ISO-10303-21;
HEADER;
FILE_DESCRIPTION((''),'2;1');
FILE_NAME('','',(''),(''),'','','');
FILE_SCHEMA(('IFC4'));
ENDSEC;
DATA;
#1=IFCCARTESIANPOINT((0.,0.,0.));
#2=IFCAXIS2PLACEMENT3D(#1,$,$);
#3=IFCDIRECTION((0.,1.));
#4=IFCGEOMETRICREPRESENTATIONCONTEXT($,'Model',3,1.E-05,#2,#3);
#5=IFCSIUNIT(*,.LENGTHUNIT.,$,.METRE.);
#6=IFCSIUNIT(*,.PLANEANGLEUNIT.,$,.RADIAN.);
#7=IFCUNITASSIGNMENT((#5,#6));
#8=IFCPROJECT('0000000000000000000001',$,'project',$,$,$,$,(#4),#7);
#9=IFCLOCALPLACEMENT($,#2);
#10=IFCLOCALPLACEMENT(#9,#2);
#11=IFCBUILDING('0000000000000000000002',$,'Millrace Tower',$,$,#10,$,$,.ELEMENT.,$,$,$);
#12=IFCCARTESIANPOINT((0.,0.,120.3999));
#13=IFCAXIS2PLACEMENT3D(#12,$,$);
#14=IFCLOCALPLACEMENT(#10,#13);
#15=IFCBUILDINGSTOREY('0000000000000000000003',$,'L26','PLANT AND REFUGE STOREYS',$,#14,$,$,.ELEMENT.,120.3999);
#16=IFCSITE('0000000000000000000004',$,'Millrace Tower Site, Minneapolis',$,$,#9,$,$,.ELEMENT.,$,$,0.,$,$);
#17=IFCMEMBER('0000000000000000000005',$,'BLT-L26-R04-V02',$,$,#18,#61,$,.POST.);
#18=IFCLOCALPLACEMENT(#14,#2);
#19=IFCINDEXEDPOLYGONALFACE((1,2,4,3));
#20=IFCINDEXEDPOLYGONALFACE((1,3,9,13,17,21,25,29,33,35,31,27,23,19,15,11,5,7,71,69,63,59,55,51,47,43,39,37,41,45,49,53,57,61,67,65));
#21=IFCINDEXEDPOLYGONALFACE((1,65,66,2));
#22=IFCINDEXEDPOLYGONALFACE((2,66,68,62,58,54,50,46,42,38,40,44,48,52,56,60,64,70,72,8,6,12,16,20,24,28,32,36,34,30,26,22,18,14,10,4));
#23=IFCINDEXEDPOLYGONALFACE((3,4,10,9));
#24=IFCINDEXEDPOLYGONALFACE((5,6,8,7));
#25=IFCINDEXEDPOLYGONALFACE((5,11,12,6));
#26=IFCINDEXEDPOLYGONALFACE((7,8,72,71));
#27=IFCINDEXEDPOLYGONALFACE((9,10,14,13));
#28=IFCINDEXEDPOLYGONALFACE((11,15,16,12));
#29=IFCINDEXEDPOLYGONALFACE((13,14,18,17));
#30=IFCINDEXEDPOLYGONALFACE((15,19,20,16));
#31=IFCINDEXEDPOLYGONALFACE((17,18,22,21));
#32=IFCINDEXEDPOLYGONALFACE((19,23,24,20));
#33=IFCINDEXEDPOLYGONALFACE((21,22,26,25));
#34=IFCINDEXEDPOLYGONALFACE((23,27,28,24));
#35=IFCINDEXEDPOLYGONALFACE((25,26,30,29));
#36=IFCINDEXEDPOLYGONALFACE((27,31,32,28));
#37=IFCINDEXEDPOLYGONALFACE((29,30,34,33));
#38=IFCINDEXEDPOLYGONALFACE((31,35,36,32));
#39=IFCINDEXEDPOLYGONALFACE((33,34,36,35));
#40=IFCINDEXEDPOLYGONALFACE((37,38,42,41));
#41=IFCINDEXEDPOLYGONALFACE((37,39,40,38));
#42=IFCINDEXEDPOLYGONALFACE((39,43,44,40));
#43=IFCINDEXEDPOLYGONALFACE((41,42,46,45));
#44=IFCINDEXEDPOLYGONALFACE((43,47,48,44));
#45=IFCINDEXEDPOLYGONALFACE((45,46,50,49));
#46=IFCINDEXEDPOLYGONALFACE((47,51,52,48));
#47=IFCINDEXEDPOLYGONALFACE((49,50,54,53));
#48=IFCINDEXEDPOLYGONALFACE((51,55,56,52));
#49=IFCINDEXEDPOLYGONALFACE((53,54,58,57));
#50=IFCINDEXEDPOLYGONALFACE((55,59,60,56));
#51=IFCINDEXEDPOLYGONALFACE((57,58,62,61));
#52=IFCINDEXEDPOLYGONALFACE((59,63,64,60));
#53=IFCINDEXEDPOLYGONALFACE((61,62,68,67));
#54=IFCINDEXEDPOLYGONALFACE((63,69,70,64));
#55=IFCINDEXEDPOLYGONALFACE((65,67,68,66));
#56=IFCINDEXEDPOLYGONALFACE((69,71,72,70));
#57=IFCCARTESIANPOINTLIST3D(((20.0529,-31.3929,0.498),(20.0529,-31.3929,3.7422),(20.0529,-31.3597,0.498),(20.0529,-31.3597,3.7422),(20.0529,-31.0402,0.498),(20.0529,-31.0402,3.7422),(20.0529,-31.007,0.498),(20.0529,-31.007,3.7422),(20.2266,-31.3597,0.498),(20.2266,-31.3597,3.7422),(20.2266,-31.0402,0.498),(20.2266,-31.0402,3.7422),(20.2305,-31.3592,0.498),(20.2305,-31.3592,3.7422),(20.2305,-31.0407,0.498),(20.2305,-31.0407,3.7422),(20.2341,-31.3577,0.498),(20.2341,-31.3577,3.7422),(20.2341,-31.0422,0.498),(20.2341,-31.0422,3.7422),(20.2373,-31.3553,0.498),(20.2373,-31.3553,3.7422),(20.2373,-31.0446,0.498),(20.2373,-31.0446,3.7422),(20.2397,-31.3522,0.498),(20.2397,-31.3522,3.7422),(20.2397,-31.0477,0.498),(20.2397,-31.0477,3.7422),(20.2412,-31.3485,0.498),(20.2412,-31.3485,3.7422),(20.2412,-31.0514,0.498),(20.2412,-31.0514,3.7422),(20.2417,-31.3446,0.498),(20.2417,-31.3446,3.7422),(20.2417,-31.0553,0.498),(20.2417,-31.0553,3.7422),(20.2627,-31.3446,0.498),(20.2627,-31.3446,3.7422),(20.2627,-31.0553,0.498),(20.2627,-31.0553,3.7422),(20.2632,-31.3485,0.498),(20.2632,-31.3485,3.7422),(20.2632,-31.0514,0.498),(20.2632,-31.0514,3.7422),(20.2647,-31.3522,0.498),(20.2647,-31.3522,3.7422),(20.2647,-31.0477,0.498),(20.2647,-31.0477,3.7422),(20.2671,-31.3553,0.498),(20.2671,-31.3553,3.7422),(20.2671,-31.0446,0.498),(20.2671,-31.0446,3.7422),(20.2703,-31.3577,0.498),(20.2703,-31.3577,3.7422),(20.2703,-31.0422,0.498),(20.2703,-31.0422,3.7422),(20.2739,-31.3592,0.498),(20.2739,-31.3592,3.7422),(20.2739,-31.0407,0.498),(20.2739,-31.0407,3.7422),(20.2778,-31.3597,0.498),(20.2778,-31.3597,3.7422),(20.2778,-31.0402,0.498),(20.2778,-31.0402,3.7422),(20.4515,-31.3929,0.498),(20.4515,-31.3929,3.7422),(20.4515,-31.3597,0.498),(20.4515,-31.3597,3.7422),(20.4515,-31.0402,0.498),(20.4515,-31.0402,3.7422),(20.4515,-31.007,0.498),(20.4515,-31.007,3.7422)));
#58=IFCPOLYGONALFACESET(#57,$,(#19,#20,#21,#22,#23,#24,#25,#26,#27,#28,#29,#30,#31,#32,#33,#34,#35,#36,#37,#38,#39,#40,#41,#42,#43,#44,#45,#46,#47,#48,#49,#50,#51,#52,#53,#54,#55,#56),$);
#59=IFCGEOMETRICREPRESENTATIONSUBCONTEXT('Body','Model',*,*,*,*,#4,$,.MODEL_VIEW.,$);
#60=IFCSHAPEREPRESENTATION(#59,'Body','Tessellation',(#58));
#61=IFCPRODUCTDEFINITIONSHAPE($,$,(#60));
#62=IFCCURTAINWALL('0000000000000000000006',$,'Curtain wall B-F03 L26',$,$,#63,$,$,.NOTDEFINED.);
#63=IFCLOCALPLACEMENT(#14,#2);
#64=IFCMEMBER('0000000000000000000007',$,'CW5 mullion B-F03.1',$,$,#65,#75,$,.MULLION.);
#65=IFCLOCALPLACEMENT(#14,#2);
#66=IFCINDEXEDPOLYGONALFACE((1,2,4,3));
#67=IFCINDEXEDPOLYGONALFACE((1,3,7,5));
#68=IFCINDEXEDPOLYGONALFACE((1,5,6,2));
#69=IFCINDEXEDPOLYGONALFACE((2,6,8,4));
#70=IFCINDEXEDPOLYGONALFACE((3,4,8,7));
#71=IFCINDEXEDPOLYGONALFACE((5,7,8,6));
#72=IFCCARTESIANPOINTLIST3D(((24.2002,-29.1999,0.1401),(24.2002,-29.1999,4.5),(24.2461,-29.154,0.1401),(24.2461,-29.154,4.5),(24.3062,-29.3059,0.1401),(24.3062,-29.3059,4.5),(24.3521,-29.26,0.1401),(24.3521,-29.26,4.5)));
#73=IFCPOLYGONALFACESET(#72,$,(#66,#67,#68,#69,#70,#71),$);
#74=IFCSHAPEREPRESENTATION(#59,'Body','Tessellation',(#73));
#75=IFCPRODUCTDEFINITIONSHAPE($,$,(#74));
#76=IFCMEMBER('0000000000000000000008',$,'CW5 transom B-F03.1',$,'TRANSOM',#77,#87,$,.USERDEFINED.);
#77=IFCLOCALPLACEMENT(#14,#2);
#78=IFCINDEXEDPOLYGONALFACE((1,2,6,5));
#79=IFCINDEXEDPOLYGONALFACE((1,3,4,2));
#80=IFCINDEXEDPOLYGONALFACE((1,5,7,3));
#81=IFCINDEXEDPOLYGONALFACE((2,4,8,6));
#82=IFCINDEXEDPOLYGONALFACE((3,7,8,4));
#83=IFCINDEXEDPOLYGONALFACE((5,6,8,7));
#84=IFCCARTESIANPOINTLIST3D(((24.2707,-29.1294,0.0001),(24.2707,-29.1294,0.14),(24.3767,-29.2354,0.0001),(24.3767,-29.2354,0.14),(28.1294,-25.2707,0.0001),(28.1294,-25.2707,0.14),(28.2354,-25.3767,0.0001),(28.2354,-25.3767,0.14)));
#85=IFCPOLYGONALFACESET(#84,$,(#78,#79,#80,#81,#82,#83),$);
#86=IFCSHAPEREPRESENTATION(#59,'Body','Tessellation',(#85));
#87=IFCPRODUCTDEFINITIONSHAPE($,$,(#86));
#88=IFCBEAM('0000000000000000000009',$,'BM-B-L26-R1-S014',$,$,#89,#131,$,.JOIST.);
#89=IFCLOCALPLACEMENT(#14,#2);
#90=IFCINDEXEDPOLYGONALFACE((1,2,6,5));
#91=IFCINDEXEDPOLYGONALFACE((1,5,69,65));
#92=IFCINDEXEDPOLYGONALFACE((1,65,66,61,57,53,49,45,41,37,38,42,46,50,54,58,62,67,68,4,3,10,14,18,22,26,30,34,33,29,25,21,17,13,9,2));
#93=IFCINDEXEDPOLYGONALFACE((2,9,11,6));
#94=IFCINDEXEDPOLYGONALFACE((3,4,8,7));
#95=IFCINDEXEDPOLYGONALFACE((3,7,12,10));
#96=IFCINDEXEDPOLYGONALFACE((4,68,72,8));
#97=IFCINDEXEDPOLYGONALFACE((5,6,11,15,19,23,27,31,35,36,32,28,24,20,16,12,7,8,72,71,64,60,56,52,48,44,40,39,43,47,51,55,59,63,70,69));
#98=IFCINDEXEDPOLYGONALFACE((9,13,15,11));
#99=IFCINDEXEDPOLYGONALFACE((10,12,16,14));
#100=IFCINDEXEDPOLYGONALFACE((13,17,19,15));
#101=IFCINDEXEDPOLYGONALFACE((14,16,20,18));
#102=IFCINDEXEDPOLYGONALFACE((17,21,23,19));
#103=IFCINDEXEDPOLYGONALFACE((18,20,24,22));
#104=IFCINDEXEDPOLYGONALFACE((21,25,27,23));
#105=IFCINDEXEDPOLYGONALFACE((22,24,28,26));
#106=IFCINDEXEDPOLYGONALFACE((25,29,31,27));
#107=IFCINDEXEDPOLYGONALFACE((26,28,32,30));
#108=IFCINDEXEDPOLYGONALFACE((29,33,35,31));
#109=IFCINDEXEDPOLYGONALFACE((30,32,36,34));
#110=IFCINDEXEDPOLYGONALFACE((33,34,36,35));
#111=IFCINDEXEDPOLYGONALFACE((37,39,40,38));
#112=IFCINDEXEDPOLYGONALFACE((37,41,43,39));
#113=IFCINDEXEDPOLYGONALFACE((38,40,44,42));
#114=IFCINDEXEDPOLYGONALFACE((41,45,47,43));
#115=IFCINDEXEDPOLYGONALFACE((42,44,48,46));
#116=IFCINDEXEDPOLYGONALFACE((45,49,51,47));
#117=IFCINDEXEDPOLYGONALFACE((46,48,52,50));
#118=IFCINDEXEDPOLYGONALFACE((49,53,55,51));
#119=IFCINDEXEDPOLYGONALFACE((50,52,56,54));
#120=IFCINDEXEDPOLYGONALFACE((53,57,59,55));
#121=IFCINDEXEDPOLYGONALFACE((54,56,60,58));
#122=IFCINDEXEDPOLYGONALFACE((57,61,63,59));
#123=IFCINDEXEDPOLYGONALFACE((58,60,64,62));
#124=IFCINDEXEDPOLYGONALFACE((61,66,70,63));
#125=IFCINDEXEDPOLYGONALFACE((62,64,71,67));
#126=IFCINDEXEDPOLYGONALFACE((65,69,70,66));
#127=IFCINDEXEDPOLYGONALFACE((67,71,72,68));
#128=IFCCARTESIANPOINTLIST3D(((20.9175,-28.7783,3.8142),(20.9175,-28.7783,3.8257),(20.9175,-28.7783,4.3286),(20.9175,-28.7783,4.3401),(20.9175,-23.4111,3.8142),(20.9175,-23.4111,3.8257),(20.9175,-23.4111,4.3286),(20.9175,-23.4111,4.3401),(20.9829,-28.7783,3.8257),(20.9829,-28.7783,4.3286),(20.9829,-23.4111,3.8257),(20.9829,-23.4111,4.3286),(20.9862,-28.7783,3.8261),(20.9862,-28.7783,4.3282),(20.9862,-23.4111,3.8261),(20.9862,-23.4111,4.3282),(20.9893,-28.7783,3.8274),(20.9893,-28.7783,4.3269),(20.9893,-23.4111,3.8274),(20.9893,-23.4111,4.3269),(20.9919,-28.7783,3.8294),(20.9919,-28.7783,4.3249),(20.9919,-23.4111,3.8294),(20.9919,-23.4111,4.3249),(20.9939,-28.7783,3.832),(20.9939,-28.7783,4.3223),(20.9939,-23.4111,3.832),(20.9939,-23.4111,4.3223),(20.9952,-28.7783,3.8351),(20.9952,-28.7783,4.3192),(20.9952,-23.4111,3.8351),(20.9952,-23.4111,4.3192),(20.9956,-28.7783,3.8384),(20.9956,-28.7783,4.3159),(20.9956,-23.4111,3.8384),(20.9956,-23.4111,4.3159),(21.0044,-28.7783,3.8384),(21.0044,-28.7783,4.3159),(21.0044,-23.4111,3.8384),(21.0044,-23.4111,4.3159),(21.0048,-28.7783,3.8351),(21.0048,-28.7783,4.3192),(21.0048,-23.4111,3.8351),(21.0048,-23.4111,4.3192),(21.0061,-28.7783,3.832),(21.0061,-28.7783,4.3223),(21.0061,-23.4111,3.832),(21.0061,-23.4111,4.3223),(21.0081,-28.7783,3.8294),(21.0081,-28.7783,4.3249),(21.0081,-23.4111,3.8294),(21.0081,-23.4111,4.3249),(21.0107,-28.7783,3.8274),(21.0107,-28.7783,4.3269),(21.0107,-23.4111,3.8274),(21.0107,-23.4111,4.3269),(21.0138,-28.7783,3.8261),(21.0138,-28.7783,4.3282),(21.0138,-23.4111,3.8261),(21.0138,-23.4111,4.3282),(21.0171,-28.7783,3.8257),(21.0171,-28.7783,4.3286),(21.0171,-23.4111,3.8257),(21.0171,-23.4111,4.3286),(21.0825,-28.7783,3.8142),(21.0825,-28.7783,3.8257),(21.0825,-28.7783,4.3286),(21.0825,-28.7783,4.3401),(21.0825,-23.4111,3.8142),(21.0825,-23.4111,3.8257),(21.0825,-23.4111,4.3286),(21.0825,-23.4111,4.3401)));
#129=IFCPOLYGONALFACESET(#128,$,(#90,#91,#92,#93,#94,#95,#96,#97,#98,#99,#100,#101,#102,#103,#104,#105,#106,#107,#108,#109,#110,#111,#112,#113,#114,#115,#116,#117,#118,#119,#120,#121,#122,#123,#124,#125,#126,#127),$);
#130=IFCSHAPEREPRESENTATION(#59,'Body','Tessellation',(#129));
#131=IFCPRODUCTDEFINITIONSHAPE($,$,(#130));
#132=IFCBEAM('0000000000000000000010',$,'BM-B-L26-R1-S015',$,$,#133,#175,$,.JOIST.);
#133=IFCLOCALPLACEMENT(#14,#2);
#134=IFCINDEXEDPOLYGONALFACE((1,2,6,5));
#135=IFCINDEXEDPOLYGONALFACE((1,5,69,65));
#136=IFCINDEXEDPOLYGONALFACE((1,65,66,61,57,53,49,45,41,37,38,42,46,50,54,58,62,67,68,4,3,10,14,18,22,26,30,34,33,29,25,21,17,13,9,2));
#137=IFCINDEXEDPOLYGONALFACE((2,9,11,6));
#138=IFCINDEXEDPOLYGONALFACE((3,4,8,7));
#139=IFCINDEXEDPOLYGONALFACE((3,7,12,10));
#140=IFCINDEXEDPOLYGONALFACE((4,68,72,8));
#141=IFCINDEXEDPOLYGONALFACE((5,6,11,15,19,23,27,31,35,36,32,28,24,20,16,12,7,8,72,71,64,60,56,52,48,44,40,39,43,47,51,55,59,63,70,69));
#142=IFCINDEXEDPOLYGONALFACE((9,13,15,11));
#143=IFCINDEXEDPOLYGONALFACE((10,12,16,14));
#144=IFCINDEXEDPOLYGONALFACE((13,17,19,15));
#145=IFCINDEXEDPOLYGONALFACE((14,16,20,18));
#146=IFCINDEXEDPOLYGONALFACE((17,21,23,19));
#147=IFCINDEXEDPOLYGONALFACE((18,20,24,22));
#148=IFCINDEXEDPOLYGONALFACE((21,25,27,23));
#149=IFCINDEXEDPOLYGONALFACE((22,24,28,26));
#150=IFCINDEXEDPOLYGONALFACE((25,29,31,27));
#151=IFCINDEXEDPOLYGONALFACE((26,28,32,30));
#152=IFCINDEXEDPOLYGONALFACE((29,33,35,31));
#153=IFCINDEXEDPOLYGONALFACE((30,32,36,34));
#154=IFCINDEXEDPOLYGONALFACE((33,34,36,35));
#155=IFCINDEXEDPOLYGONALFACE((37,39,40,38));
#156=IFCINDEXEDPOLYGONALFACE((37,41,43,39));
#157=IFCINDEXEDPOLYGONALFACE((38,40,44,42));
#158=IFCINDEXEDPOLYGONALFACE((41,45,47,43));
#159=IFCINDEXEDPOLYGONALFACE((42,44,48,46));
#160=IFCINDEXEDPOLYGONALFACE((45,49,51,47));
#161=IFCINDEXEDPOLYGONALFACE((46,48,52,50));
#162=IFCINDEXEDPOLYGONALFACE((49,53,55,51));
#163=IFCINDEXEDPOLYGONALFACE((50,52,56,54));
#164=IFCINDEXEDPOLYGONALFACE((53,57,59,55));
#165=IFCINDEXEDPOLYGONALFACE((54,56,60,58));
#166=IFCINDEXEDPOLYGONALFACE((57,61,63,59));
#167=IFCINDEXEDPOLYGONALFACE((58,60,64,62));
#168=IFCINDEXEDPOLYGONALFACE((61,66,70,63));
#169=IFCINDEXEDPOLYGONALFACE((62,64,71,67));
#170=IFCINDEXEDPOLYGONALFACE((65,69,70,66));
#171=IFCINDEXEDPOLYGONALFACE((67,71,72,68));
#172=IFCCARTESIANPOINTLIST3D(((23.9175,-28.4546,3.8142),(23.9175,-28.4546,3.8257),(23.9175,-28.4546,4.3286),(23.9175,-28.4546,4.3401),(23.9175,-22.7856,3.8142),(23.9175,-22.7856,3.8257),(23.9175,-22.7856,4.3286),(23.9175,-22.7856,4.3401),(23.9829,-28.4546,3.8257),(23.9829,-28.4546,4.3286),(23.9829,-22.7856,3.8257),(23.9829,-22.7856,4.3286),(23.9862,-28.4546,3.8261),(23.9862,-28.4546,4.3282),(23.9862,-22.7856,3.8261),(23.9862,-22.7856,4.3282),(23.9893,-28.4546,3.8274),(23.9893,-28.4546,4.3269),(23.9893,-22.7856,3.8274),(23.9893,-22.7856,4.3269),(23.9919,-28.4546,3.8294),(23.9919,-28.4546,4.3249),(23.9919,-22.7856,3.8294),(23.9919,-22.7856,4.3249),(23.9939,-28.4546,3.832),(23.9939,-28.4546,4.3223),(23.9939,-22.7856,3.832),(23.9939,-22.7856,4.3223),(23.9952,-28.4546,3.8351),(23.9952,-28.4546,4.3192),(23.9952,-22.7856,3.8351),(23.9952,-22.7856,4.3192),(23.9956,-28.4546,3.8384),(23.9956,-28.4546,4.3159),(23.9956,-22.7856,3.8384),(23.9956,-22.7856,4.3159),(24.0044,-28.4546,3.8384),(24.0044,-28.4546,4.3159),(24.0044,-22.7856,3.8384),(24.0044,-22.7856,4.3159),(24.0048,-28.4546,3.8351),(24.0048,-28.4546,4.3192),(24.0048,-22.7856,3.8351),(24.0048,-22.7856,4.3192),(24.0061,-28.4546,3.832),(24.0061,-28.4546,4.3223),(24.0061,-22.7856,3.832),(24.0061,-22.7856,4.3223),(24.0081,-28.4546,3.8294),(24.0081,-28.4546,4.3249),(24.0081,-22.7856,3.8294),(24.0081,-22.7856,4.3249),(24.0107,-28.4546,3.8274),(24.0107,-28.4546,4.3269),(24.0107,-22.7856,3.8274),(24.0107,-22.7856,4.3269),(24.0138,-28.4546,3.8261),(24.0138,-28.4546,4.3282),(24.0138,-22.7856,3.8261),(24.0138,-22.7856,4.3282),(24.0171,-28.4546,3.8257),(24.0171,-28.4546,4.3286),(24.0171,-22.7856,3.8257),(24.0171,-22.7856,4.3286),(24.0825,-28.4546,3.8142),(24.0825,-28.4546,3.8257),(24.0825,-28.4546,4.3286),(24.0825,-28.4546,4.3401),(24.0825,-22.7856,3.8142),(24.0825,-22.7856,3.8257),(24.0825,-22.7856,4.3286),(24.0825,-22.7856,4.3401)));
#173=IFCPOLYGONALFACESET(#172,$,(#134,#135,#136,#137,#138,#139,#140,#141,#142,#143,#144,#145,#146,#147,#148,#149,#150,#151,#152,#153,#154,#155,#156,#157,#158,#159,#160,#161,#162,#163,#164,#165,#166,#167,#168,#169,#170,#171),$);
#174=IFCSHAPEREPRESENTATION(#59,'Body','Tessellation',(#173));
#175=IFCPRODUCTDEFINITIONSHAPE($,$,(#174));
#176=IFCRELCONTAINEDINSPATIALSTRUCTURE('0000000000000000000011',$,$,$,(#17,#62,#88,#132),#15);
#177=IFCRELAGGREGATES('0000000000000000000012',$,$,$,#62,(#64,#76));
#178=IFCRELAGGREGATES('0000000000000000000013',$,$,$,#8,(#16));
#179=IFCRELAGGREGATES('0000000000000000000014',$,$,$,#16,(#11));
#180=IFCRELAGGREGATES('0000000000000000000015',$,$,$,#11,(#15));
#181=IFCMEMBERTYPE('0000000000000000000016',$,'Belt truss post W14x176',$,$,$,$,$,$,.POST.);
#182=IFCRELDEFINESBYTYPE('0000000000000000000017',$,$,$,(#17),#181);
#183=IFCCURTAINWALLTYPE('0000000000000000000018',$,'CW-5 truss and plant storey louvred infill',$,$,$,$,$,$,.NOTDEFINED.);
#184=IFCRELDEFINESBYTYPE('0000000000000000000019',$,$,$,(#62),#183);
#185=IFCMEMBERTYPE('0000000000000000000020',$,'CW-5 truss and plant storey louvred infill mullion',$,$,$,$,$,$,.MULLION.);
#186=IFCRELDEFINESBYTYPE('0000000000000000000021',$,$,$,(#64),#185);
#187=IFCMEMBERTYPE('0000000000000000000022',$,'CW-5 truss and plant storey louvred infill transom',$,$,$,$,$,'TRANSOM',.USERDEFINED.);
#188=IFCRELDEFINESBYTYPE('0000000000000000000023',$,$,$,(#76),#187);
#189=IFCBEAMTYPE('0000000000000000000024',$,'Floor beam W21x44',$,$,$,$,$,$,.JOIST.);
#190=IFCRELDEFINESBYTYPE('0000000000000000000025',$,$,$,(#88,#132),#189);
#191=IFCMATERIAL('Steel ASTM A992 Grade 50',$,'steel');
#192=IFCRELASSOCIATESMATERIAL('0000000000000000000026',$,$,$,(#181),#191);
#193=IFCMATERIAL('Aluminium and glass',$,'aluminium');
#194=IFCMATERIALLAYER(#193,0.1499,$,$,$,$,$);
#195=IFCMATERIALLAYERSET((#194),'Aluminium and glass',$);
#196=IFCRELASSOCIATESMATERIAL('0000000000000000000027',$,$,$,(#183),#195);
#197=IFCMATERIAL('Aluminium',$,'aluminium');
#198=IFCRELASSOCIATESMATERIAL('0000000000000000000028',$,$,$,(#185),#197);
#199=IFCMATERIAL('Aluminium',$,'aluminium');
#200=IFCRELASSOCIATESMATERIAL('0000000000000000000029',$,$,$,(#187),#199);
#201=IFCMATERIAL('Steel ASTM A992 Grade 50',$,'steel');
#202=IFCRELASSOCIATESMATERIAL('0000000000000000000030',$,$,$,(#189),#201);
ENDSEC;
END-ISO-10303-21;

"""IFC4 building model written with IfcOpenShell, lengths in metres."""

from ifc_helpers import new_model, si_unit, direction, frame, origin, origin_2d, place, context, subcontext, project, spatial, rectangle, i_section, extrude, material, layer, layer_set, material_profile, profile_set, type_object, element, aggregate, save


model = new_model("IFC4")

# Units and contexts
model_context = context("Model", 3, precision=1e-05, world=origin(), true_north=direction((0.0, 1.0)))
body_context = subcontext(model_context, "Body", "Model", "MODEL_VIEW")
ifc_project = project(units=[si_unit("LENGTHUNIT", "METRE"), si_unit("PLANEANGLEUNIT", "RADIAN")], contexts=[model_context])

# Site, building, storey
site_placement = place(None, origin())
site = spatial("IfcSite", under=ifc_project, at=site_placement, Name="Millrace Tower Site, Minneapolis", CompositionType="ELEMENT", RefElevation=0.0)
building_placement = place(site_placement, origin())
building = spatial("IfcBuilding", under=site, at=building_placement, Name="Millrace Tower", CompositionType="ELEMENT")
storey_placement = place(building_placement, frame((0.0, 0.0, 120.3999)))
storey = spatial("IfcBuildingStorey", under=building, at=storey_placement, Name="L26", Description="PLANT AND REFUGE STOREYS", CompositionType="ELEMENT", Elevation=120.3999)

# Member
ifc_material_1 = material(Name="Steel ASTM A992 Grade 50", Category="steel")
ifc_material_profile_1 = material_profile(ifc_material_1, i_section(OverallWidth=0.3987, OverallDepth=0.386, WebThickness=0.021, FlangeThickness=0.0332, FilletRadius=0.0151, at=origin_2d()))
ifc_profile_set_1 = profile_set([ifc_material_profile_1], Name="Steel ASTM A992 Grade 50")
member_type_1 = type_object("IfcMemberType", Name="Belt truss post W14x176", PredefinedType="POST", material=ifc_profile_set_1)
member_1_placement = place(storey_placement, frame((20.2522, -31.2, 0.498), z_axis=(0.0, 0.0, 1.0), x_axis=(1.0, 0.0, 0.0)))
element("IfcMember", 1, at=member_1_placement, inside=storey, type_object=member_type_1, Name="BLT-L26-R04-V02", PredefinedType="POST", context=body_context, shape_type="SweptSolid", body=[
    extrude(i_section(OverallWidth=0.3987, OverallDepth=0.386, WebThickness=0.021, FlangeThickness=0.0332, FilletRadius=0.0151, at=origin_2d()), origin(), (0.0, 0.0, 1.0), 3.2441),
])

# Curtain wall, members
ifc_material_2 = material(Name="Aluminium and glass", Category="aluminium")
ifc_layer_1 = layer(ifc_material_2, 0.1499)
ifc_layer_set_1 = layer_set([ifc_layer_1], Name="Aluminium and glass")
curtain_wall_type = type_object("IfcCurtainWallType", Name="CW-5 truss and plant storey louvred infill", PredefinedType="NOTDEFINED", material=ifc_layer_set_1)
curtain_wall_placement = place(storey_placement, origin())
curtain_wall = element("IfcCurtainWall", 2, at=curtain_wall_placement, inside=storey, type_object=curtain_wall_type, Name="Curtain wall B-F03 L26", PredefinedType="NOTDEFINED")
ifc_material_3 = material(Name="Aluminium", Category="aluminium")
ifc_material_profile_2 = material_profile(ifc_material_3, rectangle(XDim=0.0649, YDim=0.1499, at=origin_2d()))
ifc_profile_set_2 = profile_set([ifc_material_profile_2], Name="Aluminium")
member_type_2 = type_object("IfcMemberType", Name="CW-5 truss and plant storey louvred infill mullion", PredefinedType="MULLION", material=ifc_profile_set_2)
member_2_placement = place(storey_placement, frame((24.2761, -29.23, 0.1401), z_axis=(0.0, 0.0, 1.0), x_axis=(0.707107, 0.707107, 0.0)))
member_2 = element("IfcMember", 3, at=member_2_placement, type_object=member_type_2, Name="CW5 mullion B-F03.1", PredefinedType="MULLION", context=body_context, shape_type="SweptSolid", body=[
    extrude(rectangle(XDim=0.0649, YDim=0.1499, at=origin_2d()), origin(), (0.0, 0.0, 1.0), 4.3599),
])
ifc_material_4 = material(Name="Aluminium", Category="aluminium")
ifc_material_profile_3 = material_profile(ifc_material_4, rectangle(XDim=0.1499, YDim=0.1399, at=origin_2d()))
ifc_profile_set_3 = profile_set([ifc_material_profile_3], Name="Aluminium")
member_type_3 = type_object("IfcMemberType", Name="CW-5 truss and plant storey louvred infill transom", ElementType="TRANSOM", PredefinedType="USERDEFINED", material=ifc_profile_set_3)
member_3_placement = place(storey_placement, frame((24.3237, -29.1824, 0.0701), z_axis=(0.707107, 0.707107, 0.0), x_axis=(-0.707107, 0.707107, 0.0)))
member_3 = element("IfcMember", 4, at=member_3_placement, type_object=member_type_3, Name="CW5 transom B-F03.1", ObjectType="TRANSOM", PredefinedType="USERDEFINED", context=body_context, shape_type="SweptSolid", body=[
    extrude(rectangle(XDim=0.1499, YDim=0.1399, at=origin_2d()), origin(), (0.0, 0.0, 1.0), 5.457),
])
aggregate(curtain_wall, [member_2, member_3])

# Beams
ifc_material_5 = material(Name="Steel ASTM A992 Grade 50", Category="steel")
ifc_material_profile_4 = material_profile(ifc_material_5, i_section(OverallWidth=0.165, OverallDepth=0.5259, WebThickness=0.0088, FlangeThickness=0.0115, FilletRadius=0.0127, at=origin_2d()))
ifc_profile_set_4 = profile_set([ifc_material_profile_4], Name="Steel ASTM A992 Grade 50")
beam_type_1 = type_object("IfcBeamType", Name="Floor beam W21x44", PredefinedType="JOIST", material=ifc_profile_set_4)
beam_1_placement = place(storey_placement, frame((21.0, -28.7783, 4.0771), z_axis=(0.0, 1.0, 0.0), x_axis=(-1.0, 0.0, 0.0)))
element("IfcBeam", 5, at=beam_1_placement, inside=storey, type_object=beam_type_1, Name="BM-B-L26-R1-S014", PredefinedType="JOIST", context=body_context, shape_type="SweptSolid", body=[
    extrude(i_section(OverallWidth=0.165, OverallDepth=0.5259, WebThickness=0.0088, FlangeThickness=0.0115, FilletRadius=0.0127, at=origin_2d()), origin(), (0.0, 0.0, 1.0), 5.3672),
])
beam_2_placement = place(storey_placement, frame((24.0, -28.4546, 4.0771), z_axis=(0.0, 1.0, 0.0), x_axis=(-1.0, 0.0, 0.0)))
element("IfcBeam", 6, at=beam_2_placement, inside=storey, type_object=beam_type_1, Name="BM-B-L26-R1-S015", PredefinedType="JOIST", context=body_context, shape_type="SweptSolid", body=[
    extrude(i_section(OverallWidth=0.165, OverallDepth=0.5259, WebThickness=0.0088, FlangeThickness=0.0115, FilletRadius=0.0127, at=origin_2d()), origin(), (0.0, 0.0, 1.0), 5.6689),
])

save(model, "model.ifc")
